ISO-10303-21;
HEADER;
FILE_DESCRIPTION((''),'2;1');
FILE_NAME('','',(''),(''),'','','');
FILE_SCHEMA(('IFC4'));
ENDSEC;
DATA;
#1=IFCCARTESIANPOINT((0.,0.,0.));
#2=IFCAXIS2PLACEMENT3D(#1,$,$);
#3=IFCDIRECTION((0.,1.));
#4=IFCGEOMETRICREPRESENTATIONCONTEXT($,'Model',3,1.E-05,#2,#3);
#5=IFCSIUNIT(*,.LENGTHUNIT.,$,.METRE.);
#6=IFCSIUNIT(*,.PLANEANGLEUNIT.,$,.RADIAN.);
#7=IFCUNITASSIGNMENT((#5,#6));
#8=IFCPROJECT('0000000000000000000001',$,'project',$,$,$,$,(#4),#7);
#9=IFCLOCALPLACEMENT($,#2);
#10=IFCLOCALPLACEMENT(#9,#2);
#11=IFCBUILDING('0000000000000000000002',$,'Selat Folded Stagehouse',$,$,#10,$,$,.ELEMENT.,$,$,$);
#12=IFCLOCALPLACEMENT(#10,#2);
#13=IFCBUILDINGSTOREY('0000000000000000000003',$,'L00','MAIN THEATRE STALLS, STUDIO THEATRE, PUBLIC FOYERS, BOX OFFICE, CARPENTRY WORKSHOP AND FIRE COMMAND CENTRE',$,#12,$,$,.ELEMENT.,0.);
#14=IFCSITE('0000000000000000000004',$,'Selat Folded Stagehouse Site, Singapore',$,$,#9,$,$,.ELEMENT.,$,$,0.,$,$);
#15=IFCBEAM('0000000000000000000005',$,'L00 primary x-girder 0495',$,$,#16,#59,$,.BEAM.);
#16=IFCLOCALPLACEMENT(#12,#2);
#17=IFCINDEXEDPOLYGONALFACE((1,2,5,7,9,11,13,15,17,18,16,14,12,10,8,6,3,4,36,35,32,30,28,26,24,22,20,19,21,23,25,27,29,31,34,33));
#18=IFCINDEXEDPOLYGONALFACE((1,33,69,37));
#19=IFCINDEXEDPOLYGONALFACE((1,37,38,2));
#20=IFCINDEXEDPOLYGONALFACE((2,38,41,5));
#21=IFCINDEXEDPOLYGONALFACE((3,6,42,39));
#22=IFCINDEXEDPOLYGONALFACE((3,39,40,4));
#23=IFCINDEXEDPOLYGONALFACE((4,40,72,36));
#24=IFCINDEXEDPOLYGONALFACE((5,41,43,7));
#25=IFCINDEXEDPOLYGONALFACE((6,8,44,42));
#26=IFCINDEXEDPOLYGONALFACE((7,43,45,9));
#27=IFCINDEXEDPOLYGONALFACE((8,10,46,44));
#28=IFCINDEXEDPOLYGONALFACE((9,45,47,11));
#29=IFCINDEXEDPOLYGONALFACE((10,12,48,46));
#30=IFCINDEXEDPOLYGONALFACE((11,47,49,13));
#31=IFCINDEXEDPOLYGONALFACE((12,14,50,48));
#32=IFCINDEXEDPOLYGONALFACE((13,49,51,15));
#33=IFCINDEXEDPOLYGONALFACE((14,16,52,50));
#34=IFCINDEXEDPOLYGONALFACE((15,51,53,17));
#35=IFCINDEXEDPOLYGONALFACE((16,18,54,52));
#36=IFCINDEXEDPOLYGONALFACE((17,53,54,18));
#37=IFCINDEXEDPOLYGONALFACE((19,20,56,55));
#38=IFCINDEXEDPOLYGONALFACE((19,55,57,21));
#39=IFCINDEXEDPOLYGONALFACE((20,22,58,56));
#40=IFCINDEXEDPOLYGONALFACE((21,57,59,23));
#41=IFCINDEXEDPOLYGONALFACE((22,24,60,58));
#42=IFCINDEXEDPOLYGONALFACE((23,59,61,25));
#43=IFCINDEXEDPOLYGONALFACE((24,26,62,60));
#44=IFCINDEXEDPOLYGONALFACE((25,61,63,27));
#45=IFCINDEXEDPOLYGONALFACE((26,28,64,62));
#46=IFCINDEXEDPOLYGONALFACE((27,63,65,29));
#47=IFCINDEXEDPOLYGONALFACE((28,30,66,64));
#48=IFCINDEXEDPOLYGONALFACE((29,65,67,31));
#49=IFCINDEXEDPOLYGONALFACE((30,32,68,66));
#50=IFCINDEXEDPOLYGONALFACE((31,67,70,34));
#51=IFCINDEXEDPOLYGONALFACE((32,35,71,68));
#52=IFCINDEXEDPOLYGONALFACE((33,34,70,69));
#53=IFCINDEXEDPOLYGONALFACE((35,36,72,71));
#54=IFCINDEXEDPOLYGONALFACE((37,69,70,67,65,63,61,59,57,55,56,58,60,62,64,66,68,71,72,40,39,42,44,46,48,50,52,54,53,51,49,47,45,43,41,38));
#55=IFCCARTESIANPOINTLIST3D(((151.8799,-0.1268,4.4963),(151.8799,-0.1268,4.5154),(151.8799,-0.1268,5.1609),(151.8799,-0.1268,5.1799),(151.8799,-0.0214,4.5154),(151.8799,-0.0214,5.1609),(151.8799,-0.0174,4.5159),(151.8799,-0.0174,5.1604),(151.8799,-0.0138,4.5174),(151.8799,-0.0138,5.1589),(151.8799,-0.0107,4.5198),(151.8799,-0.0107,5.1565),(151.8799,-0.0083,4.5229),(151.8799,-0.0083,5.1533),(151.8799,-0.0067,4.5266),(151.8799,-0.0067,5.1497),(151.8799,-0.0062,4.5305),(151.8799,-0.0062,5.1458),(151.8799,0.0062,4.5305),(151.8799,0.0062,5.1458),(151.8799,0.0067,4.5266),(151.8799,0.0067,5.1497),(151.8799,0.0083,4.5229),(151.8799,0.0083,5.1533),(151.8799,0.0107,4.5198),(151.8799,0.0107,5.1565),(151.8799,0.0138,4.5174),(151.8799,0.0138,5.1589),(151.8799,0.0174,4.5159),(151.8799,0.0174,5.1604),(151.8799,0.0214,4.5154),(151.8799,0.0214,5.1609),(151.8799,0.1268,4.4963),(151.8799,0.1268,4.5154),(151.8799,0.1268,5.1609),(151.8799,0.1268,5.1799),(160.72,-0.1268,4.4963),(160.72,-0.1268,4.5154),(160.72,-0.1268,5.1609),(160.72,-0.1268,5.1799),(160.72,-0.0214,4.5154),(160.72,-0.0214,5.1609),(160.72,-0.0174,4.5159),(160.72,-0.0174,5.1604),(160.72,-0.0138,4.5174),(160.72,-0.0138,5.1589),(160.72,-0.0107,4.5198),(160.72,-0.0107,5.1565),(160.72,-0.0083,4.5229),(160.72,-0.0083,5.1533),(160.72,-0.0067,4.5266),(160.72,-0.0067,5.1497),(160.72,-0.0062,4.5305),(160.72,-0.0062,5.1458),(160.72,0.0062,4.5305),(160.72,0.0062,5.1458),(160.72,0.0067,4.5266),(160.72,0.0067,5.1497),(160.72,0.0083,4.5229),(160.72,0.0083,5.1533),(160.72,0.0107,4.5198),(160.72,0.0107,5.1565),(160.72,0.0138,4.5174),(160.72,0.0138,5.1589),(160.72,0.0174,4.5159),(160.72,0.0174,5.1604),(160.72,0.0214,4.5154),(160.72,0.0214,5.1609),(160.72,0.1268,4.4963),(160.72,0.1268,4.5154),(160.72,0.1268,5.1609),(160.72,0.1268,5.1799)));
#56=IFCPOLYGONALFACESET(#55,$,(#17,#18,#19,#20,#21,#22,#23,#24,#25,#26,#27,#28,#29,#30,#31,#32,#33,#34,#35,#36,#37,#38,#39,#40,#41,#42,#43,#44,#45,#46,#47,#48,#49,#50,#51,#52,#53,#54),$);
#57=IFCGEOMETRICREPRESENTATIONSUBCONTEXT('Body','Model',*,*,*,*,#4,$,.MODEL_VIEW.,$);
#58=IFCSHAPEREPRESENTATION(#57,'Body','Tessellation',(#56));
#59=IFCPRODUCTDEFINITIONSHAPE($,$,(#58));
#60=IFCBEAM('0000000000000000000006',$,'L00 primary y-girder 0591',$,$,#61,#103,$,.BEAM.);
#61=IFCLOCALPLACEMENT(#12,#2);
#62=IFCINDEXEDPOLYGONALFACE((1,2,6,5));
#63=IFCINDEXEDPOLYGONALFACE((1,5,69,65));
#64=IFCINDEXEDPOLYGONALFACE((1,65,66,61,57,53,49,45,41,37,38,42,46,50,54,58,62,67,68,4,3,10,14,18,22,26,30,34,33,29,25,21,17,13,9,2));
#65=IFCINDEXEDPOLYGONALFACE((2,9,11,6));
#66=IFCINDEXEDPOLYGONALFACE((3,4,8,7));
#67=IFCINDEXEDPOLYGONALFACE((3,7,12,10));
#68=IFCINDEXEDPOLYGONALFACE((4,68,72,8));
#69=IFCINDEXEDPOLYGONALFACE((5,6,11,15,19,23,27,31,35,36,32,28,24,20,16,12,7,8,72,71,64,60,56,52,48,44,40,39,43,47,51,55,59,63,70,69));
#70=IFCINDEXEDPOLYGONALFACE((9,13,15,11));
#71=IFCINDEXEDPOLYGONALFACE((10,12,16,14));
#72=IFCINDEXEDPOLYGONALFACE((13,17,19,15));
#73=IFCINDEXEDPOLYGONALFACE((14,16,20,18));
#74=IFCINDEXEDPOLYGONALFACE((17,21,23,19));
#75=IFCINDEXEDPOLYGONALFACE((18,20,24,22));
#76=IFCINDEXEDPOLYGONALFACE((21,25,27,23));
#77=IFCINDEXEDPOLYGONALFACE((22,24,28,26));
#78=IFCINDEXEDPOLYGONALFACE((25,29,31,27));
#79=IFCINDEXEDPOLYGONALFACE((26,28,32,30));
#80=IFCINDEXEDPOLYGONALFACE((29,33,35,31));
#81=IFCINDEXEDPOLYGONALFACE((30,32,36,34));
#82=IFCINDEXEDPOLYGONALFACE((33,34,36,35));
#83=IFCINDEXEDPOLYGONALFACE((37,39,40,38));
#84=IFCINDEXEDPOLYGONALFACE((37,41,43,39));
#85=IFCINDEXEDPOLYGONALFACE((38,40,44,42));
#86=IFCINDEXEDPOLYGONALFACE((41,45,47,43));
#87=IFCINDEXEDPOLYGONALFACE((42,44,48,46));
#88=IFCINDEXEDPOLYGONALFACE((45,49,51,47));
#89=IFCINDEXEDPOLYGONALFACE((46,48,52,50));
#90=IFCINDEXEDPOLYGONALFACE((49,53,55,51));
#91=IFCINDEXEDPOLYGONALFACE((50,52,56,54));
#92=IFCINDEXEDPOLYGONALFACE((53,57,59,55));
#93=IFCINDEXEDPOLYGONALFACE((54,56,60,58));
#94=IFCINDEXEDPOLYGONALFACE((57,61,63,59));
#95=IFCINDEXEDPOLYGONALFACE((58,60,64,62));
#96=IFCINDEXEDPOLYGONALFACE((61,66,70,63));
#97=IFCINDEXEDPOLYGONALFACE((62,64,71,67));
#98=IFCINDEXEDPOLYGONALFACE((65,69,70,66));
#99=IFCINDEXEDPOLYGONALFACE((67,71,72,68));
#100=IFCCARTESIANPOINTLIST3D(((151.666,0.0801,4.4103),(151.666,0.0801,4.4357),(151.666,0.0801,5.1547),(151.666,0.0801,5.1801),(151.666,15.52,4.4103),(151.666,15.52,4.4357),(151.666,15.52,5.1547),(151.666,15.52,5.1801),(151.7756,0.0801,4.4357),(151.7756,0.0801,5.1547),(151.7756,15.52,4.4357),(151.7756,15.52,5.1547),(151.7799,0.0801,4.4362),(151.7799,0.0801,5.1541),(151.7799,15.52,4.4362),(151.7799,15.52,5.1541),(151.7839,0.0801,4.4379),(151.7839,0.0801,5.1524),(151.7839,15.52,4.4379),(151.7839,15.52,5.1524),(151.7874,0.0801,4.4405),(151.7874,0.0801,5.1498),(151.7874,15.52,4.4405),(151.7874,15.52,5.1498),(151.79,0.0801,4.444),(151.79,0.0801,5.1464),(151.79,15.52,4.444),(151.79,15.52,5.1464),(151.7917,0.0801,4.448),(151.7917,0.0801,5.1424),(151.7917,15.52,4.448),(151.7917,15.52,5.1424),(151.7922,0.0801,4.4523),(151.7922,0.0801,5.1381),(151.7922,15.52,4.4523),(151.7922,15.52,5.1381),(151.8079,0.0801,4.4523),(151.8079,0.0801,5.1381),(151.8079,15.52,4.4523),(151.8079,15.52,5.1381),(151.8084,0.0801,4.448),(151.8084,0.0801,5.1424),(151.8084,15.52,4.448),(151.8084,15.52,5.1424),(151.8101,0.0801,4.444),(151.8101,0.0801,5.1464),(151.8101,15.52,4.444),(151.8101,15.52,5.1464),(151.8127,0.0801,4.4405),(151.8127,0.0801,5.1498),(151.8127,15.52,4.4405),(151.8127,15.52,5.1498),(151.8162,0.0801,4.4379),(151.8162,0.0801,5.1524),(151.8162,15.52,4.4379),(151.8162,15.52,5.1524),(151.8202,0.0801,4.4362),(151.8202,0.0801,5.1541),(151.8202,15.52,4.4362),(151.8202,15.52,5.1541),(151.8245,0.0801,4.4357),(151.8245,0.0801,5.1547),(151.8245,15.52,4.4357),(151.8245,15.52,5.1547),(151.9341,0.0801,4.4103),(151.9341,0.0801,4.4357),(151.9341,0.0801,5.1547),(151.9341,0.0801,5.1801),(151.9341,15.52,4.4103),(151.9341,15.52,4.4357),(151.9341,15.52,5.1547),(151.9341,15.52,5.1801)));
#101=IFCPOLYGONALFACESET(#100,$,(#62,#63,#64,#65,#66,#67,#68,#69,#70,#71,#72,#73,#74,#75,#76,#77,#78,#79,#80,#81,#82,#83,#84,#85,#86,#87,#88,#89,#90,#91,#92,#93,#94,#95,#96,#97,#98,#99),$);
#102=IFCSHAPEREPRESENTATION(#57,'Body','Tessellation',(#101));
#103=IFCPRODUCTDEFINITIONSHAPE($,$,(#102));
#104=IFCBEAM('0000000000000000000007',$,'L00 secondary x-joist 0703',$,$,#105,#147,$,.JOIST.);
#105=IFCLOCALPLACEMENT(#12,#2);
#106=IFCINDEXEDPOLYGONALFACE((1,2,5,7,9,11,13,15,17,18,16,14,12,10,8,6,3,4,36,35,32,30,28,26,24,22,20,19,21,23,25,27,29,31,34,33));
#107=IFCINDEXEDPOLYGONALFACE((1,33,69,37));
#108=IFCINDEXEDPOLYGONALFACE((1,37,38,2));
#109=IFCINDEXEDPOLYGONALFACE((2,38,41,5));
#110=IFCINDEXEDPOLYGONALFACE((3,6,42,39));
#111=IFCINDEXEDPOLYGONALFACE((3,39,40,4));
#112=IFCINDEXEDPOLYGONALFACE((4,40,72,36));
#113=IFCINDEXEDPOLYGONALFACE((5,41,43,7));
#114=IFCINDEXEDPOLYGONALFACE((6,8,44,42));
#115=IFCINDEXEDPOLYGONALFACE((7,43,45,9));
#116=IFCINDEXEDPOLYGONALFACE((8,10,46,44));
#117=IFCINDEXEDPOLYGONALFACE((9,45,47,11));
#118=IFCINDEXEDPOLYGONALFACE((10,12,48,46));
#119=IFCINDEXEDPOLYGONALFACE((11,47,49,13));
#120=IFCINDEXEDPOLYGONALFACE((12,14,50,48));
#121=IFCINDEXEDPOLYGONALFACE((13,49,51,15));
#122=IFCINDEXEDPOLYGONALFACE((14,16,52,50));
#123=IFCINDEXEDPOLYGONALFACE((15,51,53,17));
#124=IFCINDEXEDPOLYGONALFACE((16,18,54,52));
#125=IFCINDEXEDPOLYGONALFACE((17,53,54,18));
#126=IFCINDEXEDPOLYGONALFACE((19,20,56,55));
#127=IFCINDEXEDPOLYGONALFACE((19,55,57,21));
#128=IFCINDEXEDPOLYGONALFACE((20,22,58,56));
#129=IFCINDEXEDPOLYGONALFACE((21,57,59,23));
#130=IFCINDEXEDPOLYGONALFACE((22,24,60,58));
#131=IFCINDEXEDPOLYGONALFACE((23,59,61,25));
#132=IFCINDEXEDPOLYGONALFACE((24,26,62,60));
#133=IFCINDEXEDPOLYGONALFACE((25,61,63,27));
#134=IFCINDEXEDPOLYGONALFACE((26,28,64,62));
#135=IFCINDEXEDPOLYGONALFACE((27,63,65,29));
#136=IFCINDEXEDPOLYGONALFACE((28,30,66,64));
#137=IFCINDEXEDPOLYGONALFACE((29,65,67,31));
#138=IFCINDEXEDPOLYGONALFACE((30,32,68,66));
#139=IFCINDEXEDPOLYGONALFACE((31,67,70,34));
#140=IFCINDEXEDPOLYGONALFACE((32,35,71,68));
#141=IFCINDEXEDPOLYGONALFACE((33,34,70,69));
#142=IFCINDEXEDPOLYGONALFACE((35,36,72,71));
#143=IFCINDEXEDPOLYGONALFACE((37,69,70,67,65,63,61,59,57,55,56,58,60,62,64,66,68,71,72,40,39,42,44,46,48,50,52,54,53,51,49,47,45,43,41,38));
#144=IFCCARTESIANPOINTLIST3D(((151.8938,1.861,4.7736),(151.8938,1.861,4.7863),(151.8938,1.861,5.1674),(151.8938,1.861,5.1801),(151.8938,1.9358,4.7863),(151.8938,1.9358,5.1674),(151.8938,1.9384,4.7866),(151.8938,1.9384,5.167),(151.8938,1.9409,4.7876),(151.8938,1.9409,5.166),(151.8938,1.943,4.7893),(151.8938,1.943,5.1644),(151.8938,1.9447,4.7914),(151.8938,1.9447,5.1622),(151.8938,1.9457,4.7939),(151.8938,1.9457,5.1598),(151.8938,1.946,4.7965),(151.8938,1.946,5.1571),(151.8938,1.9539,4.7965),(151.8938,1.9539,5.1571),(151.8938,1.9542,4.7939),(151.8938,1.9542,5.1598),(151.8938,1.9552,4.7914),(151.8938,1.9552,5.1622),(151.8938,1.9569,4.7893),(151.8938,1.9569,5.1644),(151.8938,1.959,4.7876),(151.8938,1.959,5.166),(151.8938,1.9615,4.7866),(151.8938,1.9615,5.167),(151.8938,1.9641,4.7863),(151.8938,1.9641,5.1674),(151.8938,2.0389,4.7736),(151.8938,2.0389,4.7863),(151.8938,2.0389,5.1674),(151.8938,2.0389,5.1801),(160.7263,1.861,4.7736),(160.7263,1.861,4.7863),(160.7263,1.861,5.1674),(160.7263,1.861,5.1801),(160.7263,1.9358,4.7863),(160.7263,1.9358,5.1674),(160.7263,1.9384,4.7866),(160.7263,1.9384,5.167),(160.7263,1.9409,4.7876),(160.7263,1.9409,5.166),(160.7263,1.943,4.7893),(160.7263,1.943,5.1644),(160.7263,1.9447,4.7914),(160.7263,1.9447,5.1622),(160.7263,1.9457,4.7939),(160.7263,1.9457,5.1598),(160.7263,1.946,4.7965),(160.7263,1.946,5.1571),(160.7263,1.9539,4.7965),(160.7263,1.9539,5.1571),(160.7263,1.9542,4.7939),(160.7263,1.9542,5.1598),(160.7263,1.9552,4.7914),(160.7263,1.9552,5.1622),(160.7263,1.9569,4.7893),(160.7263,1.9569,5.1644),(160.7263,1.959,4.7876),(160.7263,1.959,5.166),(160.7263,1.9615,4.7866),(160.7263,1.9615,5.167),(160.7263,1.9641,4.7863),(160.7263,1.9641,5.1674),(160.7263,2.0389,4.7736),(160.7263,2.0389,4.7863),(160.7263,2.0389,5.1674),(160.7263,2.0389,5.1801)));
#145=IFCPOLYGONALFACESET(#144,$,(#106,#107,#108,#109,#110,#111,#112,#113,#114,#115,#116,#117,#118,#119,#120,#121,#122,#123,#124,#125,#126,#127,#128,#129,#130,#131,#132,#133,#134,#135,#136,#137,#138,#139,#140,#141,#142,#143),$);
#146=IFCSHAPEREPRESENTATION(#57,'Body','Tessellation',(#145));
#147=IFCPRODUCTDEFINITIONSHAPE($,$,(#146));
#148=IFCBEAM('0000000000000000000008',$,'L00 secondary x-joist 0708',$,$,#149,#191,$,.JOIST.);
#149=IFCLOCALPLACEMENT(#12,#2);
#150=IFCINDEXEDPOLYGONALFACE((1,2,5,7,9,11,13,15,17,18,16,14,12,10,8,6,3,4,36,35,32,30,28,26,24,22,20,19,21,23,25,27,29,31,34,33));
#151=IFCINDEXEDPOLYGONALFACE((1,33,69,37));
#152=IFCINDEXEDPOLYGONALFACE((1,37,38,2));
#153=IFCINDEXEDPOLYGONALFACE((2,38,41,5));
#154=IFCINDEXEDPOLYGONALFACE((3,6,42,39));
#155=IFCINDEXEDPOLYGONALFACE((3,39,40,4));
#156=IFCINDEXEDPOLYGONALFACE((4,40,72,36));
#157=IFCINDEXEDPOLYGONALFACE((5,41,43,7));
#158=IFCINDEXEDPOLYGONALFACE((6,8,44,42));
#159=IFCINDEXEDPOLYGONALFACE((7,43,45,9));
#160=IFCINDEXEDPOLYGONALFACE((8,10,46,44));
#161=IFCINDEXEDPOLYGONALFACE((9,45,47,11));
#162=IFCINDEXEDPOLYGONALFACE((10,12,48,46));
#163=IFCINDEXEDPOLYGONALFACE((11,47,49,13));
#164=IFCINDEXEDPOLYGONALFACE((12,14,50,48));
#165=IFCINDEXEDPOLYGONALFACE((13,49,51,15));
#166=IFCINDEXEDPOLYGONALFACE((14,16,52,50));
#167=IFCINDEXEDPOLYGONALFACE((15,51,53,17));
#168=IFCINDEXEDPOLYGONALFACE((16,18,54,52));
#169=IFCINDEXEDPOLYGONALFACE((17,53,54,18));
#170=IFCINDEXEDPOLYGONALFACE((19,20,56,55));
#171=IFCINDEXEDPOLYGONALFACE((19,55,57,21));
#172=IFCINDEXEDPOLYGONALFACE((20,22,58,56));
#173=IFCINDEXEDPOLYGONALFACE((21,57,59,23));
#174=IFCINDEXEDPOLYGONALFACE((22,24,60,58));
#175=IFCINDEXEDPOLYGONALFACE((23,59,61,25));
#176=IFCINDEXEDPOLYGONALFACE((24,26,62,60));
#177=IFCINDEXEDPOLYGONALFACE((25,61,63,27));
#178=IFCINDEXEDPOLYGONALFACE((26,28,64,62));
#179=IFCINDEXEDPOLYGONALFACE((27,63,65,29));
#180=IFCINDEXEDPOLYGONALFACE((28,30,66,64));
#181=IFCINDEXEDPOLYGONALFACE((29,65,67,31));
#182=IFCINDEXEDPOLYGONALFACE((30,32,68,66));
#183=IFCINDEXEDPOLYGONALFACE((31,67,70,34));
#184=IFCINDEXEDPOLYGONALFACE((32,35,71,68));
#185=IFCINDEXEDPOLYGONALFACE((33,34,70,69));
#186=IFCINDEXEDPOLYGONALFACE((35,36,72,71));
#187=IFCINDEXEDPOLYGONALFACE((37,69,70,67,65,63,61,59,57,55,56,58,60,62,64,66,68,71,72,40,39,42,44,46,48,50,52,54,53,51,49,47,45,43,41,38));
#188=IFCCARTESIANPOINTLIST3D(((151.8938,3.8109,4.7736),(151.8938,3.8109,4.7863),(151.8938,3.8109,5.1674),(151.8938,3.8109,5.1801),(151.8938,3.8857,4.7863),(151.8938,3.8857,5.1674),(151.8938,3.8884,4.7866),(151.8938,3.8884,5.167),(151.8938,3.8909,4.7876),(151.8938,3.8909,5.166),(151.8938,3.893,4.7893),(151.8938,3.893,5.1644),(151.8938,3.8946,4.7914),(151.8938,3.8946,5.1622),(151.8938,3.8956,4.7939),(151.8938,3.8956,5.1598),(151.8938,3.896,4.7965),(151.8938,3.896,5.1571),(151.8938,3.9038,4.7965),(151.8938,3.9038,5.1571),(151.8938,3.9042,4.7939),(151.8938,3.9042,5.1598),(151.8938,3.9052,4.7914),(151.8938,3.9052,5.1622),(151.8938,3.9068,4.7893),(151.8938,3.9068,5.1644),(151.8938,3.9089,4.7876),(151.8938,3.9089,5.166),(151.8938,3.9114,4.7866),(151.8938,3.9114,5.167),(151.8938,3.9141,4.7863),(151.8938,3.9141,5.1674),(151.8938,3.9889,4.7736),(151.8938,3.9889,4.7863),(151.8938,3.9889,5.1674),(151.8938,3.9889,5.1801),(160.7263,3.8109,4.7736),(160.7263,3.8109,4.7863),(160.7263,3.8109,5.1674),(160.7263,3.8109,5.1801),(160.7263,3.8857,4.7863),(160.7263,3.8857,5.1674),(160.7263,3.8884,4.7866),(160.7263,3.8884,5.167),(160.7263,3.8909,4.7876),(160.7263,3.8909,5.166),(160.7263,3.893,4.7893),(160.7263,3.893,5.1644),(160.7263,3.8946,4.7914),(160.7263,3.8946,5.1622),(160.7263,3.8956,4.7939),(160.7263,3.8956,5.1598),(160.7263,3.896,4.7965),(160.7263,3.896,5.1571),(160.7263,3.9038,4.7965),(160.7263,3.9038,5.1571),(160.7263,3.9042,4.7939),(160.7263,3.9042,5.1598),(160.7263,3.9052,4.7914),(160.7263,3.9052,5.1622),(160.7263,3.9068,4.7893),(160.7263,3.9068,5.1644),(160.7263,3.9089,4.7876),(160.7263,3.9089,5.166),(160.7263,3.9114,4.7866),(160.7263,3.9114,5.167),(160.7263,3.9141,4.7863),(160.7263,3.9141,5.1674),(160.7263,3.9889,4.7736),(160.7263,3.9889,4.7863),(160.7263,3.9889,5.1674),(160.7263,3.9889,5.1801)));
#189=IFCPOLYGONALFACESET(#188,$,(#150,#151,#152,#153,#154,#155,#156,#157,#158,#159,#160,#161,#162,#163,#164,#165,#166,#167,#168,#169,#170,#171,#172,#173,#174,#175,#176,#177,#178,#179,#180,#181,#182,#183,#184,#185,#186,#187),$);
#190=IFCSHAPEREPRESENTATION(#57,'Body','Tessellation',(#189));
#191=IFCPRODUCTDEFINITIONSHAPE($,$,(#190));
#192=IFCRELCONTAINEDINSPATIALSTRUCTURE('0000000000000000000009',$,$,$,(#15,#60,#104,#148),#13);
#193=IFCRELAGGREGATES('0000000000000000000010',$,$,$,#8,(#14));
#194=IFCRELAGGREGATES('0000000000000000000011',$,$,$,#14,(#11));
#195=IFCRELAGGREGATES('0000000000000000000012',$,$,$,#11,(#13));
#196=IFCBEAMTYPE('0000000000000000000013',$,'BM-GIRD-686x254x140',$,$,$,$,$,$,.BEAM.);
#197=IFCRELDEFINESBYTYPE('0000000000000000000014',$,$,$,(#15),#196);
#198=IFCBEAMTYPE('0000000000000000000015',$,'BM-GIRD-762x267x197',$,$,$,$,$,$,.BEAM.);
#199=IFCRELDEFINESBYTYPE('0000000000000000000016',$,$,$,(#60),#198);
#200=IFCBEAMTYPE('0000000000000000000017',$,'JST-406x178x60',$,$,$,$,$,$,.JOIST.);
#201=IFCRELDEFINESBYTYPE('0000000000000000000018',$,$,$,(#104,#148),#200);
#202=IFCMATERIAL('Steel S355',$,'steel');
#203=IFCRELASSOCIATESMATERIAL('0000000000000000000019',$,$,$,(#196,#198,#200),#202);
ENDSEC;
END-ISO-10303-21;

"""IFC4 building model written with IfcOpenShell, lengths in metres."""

from ifc_helpers import new_model, si_unit, direction, frame, origin, origin_2d, place, context, subcontext, project, spatial, i_section, extrude, material, material_profile, profile_set, type_object, element, save


model = new_model("IFC4")

# Units and contexts
model_context = context("Model", 3, precision=1e-05, world=origin(), true_north=direction((0.0, 1.0)))
body_context = subcontext(model_context, "Body", "Model", "MODEL_VIEW")
ifc_project = project(units=[si_unit("LENGTHUNIT", "METRE"), si_unit("PLANEANGLEUNIT", "RADIAN")], contexts=[model_context])

# Site, building, storey
site_placement = place(None, origin())
site = spatial("IfcSite", under=ifc_project, at=site_placement, Name="Selat Folded Stagehouse Site, Singapore", CompositionType="ELEMENT", RefElevation=0.0)
building_placement = place(site_placement, origin())
building = spatial("IfcBuilding", under=site, at=building_placement, Name="Selat Folded Stagehouse", CompositionType="ELEMENT")
storey_placement = place(building_placement, origin())
storey = spatial("IfcBuildingStorey", under=building, at=storey_placement, Name="L00", Description="MAIN THEATRE STALLS, STUDIO THEATRE, PUBLIC FOYERS, BOX OFFICE, CARPENTRY WORKSHOP AND FIRE COMMAND CENTRE", CompositionType="ELEMENT", Elevation=0.0)

# Shared definitions
ifc_material_1 = material(Name="Steel S355", Category="steel")

# Beams
ifc_material_profile_1 = material_profile(ifc_material_1, i_section(OverallWidth=0.2537, OverallDepth=0.6836, WebThickness=0.0125, FlangeThickness=0.019, FilletRadius=0.0151, at=origin_2d()), Name="UKB 686x254x140")
ifc_profile_set_1 = profile_set([ifc_material_profile_1], Name="Steel S355")
beam_type_1 = type_object("IfcBeamType", Name="BM-GIRD-686x254x140", PredefinedType="BEAM", material=ifc_profile_set_1)
for number, where, z_axis, x_axis, name in (
    (1, (151.8799, 0.0, 4.8381), (1.0, 0.0, 0.0), (0.0, 1.0, 0.0), "L00 primary x-girder 0495"),
):
    element("IfcBeam", number, at=place(storey_placement, frame(where, z_axis=z_axis, x_axis=x_axis)), inside=storey, type_object=beam_type_1, Name=name, PredefinedType="BEAM", context=body_context, shape_type="SweptSolid", body=[
        extrude(i_section(OverallWidth=0.2537, OverallDepth=0.6836, WebThickness=0.0125, FlangeThickness=0.019, FilletRadius=0.0151, at=origin_2d()), origin(), (0.0, 0.0, 1.0), 8.8401),
    ])
ifc_material_profile_2 = material_profile(ifc_material_1, i_section(OverallWidth=0.2681, OverallDepth=0.7698, WebThickness=0.0156, FlangeThickness=0.0254, FilletRadius=0.0166, at=origin_2d()), Name="UKB 762x267x197")
ifc_profile_set_2 = profile_set([ifc_material_profile_2], Name="Steel S355")
beam_type_2 = type_object("IfcBeamType", Name="BM-GIRD-762x267x197", PredefinedType="BEAM", material=ifc_profile_set_2)
beam_1_placement = place(storey_placement, frame((151.8, 0.0801, 4.7952), z_axis=(0.0, 1.0, 0.0), x_axis=(-1.0, 0.0, 0.0)))
element("IfcBeam", 2, at=beam_1_placement, inside=storey, type_object=beam_type_2, Name="L00 primary y-girder 0591", PredefinedType="BEAM", context=body_context, shape_type="SweptSolid", body=[
    extrude(i_section(OverallWidth=0.2681, OverallDepth=0.7698, WebThickness=0.0156, FlangeThickness=0.0254, FilletRadius=0.0166, at=origin_2d()), origin(), (0.0, 0.0, 1.0), 15.4399),
])
ifc_material_profile_3 = material_profile(ifc_material_1, i_section(OverallWidth=0.178, OverallDepth=0.4065, WebThickness=0.0078, FlangeThickness=0.0127, FilletRadius=0.0103, at=origin_2d()), Name="UKB 406x178x60")
ifc_profile_set_3 = profile_set([ifc_material_profile_3], Name="Steel S355")
beam_type_3 = type_object("IfcBeamType", Name="JST-406x178x60", PredefinedType="JOIST", material=ifc_profile_set_3)
for number, where, z_axis, x_axis, name in (
    (3, (151.8938, 1.95, 4.9768), (1.0, 0.0, 0.0), (0.0, 1.0, 0.0), "L00 secondary x-joist 0703"),
    (4, (151.8938, 3.8999, 4.9768), (1.0, 0.0, 0.0), (0.0, 1.0, 0.0), "L00 secondary x-joist 0708"),
):
    element("IfcBeam", number, at=place(storey_placement, frame(where, z_axis=z_axis, x_axis=x_axis)), inside=storey, type_object=beam_type_3, Name=name, PredefinedType="JOIST", context=body_context, shape_type="SweptSolid", body=[
        extrude(i_section(OverallWidth=0.178, OverallDepth=0.4065, WebThickness=0.0078, FlangeThickness=0.0127, FilletRadius=0.0103, at=origin_2d()), origin(), (0.0, 0.0, 1.0), 8.8325),
    ])

save(model, "model.ifc")
